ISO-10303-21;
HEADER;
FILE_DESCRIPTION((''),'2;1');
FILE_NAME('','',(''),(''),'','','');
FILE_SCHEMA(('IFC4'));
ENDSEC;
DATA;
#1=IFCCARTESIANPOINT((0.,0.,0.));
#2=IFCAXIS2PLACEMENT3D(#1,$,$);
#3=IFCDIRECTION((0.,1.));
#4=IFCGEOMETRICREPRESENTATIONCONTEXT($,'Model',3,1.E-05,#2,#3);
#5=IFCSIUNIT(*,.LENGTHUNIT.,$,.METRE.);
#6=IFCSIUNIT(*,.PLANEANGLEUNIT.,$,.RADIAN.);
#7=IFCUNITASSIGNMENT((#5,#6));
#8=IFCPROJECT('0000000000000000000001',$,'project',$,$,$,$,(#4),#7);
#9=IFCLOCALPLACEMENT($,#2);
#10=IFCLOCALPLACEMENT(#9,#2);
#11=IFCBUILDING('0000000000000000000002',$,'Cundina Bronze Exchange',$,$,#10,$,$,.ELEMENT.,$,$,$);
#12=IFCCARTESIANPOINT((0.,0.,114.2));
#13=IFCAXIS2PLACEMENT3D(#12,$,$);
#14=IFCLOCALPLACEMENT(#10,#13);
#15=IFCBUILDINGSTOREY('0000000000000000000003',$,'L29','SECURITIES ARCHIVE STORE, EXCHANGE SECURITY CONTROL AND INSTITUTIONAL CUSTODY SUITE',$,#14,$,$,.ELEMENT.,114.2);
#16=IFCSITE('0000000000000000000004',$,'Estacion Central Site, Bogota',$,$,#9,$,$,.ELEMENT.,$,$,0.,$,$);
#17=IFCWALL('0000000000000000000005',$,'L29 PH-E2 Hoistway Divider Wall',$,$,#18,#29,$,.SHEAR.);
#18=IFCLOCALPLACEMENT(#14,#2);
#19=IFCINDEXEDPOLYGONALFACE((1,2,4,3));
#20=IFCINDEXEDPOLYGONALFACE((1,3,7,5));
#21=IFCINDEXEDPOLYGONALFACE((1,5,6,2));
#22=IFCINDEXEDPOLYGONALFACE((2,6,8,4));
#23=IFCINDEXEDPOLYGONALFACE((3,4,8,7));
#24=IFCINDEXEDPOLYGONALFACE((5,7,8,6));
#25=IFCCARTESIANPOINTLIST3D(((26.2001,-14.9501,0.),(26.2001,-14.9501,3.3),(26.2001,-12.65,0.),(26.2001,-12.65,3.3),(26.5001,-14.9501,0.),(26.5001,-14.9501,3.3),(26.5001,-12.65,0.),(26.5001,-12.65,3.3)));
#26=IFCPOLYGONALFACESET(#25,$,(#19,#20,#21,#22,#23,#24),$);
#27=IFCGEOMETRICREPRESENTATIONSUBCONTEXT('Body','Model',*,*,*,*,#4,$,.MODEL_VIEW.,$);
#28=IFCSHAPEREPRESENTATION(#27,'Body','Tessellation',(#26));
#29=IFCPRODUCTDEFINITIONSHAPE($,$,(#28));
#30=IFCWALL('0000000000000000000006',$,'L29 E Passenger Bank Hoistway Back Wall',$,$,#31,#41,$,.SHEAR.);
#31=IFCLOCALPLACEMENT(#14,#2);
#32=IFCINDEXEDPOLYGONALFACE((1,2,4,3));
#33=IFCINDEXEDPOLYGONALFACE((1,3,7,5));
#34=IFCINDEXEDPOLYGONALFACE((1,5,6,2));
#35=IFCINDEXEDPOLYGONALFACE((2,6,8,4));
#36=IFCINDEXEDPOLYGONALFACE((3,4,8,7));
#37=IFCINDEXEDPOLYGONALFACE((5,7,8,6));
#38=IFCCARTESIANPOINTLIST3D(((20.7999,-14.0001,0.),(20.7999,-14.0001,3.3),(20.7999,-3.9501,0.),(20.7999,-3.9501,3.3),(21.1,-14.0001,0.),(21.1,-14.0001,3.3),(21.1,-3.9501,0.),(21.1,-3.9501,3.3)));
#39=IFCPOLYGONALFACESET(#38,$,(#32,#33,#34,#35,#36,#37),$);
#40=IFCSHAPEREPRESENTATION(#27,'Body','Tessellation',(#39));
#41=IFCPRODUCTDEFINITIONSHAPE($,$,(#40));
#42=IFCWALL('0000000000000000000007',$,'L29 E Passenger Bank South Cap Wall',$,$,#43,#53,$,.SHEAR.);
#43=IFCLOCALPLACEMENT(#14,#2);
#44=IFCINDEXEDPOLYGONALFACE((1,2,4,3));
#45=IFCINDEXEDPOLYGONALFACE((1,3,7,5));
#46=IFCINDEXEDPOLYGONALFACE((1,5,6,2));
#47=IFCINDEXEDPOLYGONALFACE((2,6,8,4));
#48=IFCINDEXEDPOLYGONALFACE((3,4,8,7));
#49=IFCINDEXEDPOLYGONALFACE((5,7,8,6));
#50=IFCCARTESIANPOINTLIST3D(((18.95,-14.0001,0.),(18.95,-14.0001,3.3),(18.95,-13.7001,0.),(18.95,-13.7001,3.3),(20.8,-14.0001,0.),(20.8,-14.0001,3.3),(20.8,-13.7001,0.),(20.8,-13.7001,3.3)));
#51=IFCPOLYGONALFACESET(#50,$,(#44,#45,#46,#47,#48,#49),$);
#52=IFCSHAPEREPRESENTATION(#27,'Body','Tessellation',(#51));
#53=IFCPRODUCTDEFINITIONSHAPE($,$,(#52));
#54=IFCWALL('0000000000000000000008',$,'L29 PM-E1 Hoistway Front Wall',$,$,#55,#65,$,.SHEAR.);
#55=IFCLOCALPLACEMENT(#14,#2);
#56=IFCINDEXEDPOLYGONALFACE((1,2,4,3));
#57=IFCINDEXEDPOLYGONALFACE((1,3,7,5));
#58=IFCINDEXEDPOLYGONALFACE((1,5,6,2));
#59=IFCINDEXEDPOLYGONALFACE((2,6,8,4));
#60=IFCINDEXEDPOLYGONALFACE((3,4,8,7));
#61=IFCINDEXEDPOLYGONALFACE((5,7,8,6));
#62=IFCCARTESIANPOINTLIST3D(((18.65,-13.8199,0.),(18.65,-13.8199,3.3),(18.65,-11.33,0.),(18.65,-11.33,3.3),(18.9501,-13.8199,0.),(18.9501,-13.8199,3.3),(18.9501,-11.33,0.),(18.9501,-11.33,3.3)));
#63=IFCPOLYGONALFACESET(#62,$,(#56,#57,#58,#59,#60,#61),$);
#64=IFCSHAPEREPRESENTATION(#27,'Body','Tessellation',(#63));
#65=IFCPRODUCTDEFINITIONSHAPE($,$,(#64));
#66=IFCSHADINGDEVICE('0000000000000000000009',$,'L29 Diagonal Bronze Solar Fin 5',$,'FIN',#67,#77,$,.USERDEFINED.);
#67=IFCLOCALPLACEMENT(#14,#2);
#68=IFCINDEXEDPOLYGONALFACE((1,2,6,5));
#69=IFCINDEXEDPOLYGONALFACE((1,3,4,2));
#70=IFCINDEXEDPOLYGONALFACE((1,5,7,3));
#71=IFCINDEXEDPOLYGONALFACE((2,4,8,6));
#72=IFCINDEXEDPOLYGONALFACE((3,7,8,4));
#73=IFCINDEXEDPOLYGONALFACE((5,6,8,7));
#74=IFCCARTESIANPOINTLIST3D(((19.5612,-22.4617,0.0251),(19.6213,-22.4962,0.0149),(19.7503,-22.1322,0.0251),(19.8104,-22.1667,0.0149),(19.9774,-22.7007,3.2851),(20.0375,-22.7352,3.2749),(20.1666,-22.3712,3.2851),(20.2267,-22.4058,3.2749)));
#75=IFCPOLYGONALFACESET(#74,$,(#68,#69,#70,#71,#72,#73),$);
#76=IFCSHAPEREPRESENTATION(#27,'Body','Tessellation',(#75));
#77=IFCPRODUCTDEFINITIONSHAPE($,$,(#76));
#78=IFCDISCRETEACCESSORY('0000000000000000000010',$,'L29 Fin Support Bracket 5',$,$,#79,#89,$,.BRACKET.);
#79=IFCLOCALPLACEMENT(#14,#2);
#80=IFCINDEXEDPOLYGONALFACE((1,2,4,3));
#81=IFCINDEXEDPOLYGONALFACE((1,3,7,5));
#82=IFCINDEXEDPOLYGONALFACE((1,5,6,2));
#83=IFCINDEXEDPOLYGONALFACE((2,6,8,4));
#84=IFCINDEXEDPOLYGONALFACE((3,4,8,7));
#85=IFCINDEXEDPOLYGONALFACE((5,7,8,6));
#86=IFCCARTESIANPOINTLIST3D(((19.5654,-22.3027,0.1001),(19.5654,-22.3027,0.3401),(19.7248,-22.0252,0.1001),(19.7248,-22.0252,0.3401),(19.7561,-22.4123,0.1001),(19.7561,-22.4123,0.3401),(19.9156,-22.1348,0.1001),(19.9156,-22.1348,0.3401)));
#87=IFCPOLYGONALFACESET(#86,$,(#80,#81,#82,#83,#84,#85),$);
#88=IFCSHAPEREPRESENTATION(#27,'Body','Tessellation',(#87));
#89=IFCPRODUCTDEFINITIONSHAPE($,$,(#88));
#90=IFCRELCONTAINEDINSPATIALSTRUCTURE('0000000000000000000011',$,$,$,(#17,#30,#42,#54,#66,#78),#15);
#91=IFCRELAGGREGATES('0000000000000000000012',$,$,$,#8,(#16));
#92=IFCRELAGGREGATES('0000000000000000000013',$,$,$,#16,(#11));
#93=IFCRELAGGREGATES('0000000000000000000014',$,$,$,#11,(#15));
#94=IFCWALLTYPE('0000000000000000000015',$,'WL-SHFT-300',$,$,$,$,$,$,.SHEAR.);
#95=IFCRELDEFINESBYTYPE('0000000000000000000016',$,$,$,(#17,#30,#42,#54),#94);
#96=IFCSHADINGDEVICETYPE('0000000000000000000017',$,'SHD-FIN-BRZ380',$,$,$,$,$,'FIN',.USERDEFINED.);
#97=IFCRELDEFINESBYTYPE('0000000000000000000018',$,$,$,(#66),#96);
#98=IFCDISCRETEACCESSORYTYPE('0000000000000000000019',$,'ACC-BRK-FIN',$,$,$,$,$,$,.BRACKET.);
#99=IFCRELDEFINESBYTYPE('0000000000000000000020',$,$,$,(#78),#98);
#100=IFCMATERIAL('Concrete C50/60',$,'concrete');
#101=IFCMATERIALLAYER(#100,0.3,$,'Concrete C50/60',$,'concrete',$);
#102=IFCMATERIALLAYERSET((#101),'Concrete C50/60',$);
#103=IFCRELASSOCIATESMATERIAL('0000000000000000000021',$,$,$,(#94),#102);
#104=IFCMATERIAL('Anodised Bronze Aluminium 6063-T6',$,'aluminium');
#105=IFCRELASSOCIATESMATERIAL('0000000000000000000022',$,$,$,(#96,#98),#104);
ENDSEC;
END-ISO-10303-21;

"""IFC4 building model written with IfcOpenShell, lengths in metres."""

from ifc_helpers import new_model, si_unit, direction, frame, frame_2d, origin, origin_2d, place, context, subcontext, project, spatial, rectangle, extrude, material, layer, layer_set, material_profile, profile_set, type_object, element, save


model = new_model("IFC4")

# Units and contexts
model_context = context("Model", 3, precision=1e-05, world=origin(), true_north=direction((0.0, 1.0)))
body_context = subcontext(model_context, "Body", "Model", "MODEL_VIEW")
ifc_project = project(units=[si_unit("LENGTHUNIT", "METRE"), si_unit("PLANEANGLEUNIT", "RADIAN")], contexts=[model_context])

# Site, building, storey
site_placement = place(None, origin())
site = spatial("IfcSite", under=ifc_project, at=site_placement, Name="Estacion Central Site, Bogota", CompositionType="ELEMENT", RefElevation=0.0)
building_placement = place(site_placement, origin())
building = spatial("IfcBuilding", under=site, at=building_placement, Name="Cundina Bronze Exchange", CompositionType="ELEMENT")
storey_placement = place(building_placement, frame((0.0, 0.0, 114.2)))
storey = spatial("IfcBuildingStorey", under=building, at=storey_placement, Name="L29", Description="SECURITIES ARCHIVE STORE, EXCHANGE SECURITY CONTROL AND INSTITUTIONAL CUSTODY SUITE", CompositionType="ELEMENT", Elevation=114.2)

# Shared definitions
ifc_material_1 = material(Name="Anodised Bronze Aluminium 6063-T6", Category="aluminium")

# Walls
ifc_material_2 = material(Name="Concrete C50/60", Category="concrete")
ifc_layer_1 = layer(ifc_material_2, 0.3, Name="Concrete C50/60", Category="concrete")
ifc_layer_set_1 = layer_set([ifc_layer_1], Name="Concrete C50/60")
wall_type_1 = type_object("IfcWallType", Name="WL-SHFT-300", PredefinedType="SHEAR", material=ifc_layer_set_1)
wall_1_placement = place(storey_placement, frame((26.3501, -14.95, 0.0), z_axis=(0.0, 0.0, 1.0), x_axis=(0.0, 1.0, 0.0)))
element("IfcWall", 1, at=wall_1_placement, inside=storey, type_object=wall_type_1, Name="L29 PH-E2 Hoistway Divider Wall", PredefinedType="SHEAR", context=body_context, shape_type="SweptSolid", body=[
    extrude(rectangle(XDim=2.3, YDim=0.3, at=frame_2d((1.1499, 0.0))), origin(), (0.0, 0.0, 1.0), 3.3),
])
wall_2_placement = place(storey_placement, frame((20.95, -14.0, 0.0), z_axis=(0.0, 0.0, 1.0), x_axis=(0.0, 1.0, 0.0)))
element("IfcWall", 2, at=wall_2_placement, inside=storey, type_object=wall_type_1, Name="L29 E Passenger Bank Hoistway Back Wall", PredefinedType="SHEAR", context=body_context, shape_type="SweptSolid", body=[
    extrude(rectangle(XDim=10.05, YDim=0.3, at=frame_2d((5.0249, 0.0))), origin(), (0.0, 0.0, 1.0), 3.3),
])
wall_3_placement = place(storey_placement, frame((18.95, -13.8501, 0.0), z_axis=(0.0, 0.0, 1.0), x_axis=(1.0, 0.0, 0.0)))
element("IfcWall", 3, at=wall_3_placement, inside=storey, type_object=wall_type_1, Name="L29 E Passenger Bank South Cap Wall", PredefinedType="SHEAR", context=body_context, shape_type="SweptSolid", body=[
    extrude(rectangle(XDim=1.8501, YDim=0.3, at=frame_2d((0.925, 0.0))), origin(), (0.0, 0.0, 1.0), 3.3),
])
wall_4_placement = place(storey_placement, frame((18.8, -13.8201, 0.0), z_axis=(0.0, 0.0, 1.0), x_axis=(0.0, 1.0, 0.0)))
element("IfcWall", 4, at=wall_4_placement, inside=storey, type_object=wall_type_1, Name="L29 PM-E1 Hoistway Front Wall", PredefinedType="SHEAR", context=body_context, shape_type="SweptSolid", body=[
    extrude(rectangle(XDim=2.49, YDim=0.3, at=frame_2d((1.2451, 0.0))), origin(), (0.0, 0.0, 1.0), 3.3),
])

# Shading device
ifc_material_profile_1 = material_profile(ifc_material_1, rectangle(XDim=0.0701, YDim=0.3799, at=origin_2d()), Name="FIN70X380", Category="aluminium")
ifc_profile_set_1 = profile_set([ifc_material_profile_1], Name="Anodised Bronze Aluminium 6063-T6")
shading_device_type = type_object("IfcShadingDeviceType", Name="SHD-FIN-BRZ380", ElementType="FIN", PredefinedType="USERDEFINED", material=ifc_profile_set_1)
shading_device_placement = place(storey_placement, frame((19.6858, -22.3142, 0.02), z_axis=(0.126325, -0.072535, 0.989333), x_axis=(-0.857958, 0.492634, 0.145668)))
element("IfcShadingDevice", 5, at=shading_device_placement, inside=storey, type_object=shading_device_type, Name="L29 Diagonal Bronze Solar Fin 5", ObjectType="FIN", PredefinedType="USERDEFINED", context=body_context, shape_type="SweptSolid", body=[
    extrude(rectangle(XDim=0.0701, YDim=0.3799, at=origin_2d()), origin(), (0.0, 0.0, 1.0), 3.2952),
])

# Discrete accessory
discrete_accessory_type = type_object("IfcDiscreteAccessoryType", Name="ACC-BRK-FIN", PredefinedType="BRACKET", material=ifc_material_1)
discrete_accessory_placement = place(storey_placement, frame((19.7405, -22.2188, 0.1001), z_axis=(0.0, 0.0, 1.0), x_axis=(0.867105, -0.498125, 0.0)))
element("IfcDiscreteAccessory", 6, at=discrete_accessory_placement, inside=storey, type_object=discrete_accessory_type, Name="L29 Fin Support Bracket 5", PredefinedType="BRACKET", context=body_context, shape_type="SweptSolid", body=[
    extrude(rectangle(XDim=0.22, YDim=0.3201, at=origin_2d()), origin(), (0.0, 0.0, 1.0), 0.24),
])

save(model, "model.ifc")
